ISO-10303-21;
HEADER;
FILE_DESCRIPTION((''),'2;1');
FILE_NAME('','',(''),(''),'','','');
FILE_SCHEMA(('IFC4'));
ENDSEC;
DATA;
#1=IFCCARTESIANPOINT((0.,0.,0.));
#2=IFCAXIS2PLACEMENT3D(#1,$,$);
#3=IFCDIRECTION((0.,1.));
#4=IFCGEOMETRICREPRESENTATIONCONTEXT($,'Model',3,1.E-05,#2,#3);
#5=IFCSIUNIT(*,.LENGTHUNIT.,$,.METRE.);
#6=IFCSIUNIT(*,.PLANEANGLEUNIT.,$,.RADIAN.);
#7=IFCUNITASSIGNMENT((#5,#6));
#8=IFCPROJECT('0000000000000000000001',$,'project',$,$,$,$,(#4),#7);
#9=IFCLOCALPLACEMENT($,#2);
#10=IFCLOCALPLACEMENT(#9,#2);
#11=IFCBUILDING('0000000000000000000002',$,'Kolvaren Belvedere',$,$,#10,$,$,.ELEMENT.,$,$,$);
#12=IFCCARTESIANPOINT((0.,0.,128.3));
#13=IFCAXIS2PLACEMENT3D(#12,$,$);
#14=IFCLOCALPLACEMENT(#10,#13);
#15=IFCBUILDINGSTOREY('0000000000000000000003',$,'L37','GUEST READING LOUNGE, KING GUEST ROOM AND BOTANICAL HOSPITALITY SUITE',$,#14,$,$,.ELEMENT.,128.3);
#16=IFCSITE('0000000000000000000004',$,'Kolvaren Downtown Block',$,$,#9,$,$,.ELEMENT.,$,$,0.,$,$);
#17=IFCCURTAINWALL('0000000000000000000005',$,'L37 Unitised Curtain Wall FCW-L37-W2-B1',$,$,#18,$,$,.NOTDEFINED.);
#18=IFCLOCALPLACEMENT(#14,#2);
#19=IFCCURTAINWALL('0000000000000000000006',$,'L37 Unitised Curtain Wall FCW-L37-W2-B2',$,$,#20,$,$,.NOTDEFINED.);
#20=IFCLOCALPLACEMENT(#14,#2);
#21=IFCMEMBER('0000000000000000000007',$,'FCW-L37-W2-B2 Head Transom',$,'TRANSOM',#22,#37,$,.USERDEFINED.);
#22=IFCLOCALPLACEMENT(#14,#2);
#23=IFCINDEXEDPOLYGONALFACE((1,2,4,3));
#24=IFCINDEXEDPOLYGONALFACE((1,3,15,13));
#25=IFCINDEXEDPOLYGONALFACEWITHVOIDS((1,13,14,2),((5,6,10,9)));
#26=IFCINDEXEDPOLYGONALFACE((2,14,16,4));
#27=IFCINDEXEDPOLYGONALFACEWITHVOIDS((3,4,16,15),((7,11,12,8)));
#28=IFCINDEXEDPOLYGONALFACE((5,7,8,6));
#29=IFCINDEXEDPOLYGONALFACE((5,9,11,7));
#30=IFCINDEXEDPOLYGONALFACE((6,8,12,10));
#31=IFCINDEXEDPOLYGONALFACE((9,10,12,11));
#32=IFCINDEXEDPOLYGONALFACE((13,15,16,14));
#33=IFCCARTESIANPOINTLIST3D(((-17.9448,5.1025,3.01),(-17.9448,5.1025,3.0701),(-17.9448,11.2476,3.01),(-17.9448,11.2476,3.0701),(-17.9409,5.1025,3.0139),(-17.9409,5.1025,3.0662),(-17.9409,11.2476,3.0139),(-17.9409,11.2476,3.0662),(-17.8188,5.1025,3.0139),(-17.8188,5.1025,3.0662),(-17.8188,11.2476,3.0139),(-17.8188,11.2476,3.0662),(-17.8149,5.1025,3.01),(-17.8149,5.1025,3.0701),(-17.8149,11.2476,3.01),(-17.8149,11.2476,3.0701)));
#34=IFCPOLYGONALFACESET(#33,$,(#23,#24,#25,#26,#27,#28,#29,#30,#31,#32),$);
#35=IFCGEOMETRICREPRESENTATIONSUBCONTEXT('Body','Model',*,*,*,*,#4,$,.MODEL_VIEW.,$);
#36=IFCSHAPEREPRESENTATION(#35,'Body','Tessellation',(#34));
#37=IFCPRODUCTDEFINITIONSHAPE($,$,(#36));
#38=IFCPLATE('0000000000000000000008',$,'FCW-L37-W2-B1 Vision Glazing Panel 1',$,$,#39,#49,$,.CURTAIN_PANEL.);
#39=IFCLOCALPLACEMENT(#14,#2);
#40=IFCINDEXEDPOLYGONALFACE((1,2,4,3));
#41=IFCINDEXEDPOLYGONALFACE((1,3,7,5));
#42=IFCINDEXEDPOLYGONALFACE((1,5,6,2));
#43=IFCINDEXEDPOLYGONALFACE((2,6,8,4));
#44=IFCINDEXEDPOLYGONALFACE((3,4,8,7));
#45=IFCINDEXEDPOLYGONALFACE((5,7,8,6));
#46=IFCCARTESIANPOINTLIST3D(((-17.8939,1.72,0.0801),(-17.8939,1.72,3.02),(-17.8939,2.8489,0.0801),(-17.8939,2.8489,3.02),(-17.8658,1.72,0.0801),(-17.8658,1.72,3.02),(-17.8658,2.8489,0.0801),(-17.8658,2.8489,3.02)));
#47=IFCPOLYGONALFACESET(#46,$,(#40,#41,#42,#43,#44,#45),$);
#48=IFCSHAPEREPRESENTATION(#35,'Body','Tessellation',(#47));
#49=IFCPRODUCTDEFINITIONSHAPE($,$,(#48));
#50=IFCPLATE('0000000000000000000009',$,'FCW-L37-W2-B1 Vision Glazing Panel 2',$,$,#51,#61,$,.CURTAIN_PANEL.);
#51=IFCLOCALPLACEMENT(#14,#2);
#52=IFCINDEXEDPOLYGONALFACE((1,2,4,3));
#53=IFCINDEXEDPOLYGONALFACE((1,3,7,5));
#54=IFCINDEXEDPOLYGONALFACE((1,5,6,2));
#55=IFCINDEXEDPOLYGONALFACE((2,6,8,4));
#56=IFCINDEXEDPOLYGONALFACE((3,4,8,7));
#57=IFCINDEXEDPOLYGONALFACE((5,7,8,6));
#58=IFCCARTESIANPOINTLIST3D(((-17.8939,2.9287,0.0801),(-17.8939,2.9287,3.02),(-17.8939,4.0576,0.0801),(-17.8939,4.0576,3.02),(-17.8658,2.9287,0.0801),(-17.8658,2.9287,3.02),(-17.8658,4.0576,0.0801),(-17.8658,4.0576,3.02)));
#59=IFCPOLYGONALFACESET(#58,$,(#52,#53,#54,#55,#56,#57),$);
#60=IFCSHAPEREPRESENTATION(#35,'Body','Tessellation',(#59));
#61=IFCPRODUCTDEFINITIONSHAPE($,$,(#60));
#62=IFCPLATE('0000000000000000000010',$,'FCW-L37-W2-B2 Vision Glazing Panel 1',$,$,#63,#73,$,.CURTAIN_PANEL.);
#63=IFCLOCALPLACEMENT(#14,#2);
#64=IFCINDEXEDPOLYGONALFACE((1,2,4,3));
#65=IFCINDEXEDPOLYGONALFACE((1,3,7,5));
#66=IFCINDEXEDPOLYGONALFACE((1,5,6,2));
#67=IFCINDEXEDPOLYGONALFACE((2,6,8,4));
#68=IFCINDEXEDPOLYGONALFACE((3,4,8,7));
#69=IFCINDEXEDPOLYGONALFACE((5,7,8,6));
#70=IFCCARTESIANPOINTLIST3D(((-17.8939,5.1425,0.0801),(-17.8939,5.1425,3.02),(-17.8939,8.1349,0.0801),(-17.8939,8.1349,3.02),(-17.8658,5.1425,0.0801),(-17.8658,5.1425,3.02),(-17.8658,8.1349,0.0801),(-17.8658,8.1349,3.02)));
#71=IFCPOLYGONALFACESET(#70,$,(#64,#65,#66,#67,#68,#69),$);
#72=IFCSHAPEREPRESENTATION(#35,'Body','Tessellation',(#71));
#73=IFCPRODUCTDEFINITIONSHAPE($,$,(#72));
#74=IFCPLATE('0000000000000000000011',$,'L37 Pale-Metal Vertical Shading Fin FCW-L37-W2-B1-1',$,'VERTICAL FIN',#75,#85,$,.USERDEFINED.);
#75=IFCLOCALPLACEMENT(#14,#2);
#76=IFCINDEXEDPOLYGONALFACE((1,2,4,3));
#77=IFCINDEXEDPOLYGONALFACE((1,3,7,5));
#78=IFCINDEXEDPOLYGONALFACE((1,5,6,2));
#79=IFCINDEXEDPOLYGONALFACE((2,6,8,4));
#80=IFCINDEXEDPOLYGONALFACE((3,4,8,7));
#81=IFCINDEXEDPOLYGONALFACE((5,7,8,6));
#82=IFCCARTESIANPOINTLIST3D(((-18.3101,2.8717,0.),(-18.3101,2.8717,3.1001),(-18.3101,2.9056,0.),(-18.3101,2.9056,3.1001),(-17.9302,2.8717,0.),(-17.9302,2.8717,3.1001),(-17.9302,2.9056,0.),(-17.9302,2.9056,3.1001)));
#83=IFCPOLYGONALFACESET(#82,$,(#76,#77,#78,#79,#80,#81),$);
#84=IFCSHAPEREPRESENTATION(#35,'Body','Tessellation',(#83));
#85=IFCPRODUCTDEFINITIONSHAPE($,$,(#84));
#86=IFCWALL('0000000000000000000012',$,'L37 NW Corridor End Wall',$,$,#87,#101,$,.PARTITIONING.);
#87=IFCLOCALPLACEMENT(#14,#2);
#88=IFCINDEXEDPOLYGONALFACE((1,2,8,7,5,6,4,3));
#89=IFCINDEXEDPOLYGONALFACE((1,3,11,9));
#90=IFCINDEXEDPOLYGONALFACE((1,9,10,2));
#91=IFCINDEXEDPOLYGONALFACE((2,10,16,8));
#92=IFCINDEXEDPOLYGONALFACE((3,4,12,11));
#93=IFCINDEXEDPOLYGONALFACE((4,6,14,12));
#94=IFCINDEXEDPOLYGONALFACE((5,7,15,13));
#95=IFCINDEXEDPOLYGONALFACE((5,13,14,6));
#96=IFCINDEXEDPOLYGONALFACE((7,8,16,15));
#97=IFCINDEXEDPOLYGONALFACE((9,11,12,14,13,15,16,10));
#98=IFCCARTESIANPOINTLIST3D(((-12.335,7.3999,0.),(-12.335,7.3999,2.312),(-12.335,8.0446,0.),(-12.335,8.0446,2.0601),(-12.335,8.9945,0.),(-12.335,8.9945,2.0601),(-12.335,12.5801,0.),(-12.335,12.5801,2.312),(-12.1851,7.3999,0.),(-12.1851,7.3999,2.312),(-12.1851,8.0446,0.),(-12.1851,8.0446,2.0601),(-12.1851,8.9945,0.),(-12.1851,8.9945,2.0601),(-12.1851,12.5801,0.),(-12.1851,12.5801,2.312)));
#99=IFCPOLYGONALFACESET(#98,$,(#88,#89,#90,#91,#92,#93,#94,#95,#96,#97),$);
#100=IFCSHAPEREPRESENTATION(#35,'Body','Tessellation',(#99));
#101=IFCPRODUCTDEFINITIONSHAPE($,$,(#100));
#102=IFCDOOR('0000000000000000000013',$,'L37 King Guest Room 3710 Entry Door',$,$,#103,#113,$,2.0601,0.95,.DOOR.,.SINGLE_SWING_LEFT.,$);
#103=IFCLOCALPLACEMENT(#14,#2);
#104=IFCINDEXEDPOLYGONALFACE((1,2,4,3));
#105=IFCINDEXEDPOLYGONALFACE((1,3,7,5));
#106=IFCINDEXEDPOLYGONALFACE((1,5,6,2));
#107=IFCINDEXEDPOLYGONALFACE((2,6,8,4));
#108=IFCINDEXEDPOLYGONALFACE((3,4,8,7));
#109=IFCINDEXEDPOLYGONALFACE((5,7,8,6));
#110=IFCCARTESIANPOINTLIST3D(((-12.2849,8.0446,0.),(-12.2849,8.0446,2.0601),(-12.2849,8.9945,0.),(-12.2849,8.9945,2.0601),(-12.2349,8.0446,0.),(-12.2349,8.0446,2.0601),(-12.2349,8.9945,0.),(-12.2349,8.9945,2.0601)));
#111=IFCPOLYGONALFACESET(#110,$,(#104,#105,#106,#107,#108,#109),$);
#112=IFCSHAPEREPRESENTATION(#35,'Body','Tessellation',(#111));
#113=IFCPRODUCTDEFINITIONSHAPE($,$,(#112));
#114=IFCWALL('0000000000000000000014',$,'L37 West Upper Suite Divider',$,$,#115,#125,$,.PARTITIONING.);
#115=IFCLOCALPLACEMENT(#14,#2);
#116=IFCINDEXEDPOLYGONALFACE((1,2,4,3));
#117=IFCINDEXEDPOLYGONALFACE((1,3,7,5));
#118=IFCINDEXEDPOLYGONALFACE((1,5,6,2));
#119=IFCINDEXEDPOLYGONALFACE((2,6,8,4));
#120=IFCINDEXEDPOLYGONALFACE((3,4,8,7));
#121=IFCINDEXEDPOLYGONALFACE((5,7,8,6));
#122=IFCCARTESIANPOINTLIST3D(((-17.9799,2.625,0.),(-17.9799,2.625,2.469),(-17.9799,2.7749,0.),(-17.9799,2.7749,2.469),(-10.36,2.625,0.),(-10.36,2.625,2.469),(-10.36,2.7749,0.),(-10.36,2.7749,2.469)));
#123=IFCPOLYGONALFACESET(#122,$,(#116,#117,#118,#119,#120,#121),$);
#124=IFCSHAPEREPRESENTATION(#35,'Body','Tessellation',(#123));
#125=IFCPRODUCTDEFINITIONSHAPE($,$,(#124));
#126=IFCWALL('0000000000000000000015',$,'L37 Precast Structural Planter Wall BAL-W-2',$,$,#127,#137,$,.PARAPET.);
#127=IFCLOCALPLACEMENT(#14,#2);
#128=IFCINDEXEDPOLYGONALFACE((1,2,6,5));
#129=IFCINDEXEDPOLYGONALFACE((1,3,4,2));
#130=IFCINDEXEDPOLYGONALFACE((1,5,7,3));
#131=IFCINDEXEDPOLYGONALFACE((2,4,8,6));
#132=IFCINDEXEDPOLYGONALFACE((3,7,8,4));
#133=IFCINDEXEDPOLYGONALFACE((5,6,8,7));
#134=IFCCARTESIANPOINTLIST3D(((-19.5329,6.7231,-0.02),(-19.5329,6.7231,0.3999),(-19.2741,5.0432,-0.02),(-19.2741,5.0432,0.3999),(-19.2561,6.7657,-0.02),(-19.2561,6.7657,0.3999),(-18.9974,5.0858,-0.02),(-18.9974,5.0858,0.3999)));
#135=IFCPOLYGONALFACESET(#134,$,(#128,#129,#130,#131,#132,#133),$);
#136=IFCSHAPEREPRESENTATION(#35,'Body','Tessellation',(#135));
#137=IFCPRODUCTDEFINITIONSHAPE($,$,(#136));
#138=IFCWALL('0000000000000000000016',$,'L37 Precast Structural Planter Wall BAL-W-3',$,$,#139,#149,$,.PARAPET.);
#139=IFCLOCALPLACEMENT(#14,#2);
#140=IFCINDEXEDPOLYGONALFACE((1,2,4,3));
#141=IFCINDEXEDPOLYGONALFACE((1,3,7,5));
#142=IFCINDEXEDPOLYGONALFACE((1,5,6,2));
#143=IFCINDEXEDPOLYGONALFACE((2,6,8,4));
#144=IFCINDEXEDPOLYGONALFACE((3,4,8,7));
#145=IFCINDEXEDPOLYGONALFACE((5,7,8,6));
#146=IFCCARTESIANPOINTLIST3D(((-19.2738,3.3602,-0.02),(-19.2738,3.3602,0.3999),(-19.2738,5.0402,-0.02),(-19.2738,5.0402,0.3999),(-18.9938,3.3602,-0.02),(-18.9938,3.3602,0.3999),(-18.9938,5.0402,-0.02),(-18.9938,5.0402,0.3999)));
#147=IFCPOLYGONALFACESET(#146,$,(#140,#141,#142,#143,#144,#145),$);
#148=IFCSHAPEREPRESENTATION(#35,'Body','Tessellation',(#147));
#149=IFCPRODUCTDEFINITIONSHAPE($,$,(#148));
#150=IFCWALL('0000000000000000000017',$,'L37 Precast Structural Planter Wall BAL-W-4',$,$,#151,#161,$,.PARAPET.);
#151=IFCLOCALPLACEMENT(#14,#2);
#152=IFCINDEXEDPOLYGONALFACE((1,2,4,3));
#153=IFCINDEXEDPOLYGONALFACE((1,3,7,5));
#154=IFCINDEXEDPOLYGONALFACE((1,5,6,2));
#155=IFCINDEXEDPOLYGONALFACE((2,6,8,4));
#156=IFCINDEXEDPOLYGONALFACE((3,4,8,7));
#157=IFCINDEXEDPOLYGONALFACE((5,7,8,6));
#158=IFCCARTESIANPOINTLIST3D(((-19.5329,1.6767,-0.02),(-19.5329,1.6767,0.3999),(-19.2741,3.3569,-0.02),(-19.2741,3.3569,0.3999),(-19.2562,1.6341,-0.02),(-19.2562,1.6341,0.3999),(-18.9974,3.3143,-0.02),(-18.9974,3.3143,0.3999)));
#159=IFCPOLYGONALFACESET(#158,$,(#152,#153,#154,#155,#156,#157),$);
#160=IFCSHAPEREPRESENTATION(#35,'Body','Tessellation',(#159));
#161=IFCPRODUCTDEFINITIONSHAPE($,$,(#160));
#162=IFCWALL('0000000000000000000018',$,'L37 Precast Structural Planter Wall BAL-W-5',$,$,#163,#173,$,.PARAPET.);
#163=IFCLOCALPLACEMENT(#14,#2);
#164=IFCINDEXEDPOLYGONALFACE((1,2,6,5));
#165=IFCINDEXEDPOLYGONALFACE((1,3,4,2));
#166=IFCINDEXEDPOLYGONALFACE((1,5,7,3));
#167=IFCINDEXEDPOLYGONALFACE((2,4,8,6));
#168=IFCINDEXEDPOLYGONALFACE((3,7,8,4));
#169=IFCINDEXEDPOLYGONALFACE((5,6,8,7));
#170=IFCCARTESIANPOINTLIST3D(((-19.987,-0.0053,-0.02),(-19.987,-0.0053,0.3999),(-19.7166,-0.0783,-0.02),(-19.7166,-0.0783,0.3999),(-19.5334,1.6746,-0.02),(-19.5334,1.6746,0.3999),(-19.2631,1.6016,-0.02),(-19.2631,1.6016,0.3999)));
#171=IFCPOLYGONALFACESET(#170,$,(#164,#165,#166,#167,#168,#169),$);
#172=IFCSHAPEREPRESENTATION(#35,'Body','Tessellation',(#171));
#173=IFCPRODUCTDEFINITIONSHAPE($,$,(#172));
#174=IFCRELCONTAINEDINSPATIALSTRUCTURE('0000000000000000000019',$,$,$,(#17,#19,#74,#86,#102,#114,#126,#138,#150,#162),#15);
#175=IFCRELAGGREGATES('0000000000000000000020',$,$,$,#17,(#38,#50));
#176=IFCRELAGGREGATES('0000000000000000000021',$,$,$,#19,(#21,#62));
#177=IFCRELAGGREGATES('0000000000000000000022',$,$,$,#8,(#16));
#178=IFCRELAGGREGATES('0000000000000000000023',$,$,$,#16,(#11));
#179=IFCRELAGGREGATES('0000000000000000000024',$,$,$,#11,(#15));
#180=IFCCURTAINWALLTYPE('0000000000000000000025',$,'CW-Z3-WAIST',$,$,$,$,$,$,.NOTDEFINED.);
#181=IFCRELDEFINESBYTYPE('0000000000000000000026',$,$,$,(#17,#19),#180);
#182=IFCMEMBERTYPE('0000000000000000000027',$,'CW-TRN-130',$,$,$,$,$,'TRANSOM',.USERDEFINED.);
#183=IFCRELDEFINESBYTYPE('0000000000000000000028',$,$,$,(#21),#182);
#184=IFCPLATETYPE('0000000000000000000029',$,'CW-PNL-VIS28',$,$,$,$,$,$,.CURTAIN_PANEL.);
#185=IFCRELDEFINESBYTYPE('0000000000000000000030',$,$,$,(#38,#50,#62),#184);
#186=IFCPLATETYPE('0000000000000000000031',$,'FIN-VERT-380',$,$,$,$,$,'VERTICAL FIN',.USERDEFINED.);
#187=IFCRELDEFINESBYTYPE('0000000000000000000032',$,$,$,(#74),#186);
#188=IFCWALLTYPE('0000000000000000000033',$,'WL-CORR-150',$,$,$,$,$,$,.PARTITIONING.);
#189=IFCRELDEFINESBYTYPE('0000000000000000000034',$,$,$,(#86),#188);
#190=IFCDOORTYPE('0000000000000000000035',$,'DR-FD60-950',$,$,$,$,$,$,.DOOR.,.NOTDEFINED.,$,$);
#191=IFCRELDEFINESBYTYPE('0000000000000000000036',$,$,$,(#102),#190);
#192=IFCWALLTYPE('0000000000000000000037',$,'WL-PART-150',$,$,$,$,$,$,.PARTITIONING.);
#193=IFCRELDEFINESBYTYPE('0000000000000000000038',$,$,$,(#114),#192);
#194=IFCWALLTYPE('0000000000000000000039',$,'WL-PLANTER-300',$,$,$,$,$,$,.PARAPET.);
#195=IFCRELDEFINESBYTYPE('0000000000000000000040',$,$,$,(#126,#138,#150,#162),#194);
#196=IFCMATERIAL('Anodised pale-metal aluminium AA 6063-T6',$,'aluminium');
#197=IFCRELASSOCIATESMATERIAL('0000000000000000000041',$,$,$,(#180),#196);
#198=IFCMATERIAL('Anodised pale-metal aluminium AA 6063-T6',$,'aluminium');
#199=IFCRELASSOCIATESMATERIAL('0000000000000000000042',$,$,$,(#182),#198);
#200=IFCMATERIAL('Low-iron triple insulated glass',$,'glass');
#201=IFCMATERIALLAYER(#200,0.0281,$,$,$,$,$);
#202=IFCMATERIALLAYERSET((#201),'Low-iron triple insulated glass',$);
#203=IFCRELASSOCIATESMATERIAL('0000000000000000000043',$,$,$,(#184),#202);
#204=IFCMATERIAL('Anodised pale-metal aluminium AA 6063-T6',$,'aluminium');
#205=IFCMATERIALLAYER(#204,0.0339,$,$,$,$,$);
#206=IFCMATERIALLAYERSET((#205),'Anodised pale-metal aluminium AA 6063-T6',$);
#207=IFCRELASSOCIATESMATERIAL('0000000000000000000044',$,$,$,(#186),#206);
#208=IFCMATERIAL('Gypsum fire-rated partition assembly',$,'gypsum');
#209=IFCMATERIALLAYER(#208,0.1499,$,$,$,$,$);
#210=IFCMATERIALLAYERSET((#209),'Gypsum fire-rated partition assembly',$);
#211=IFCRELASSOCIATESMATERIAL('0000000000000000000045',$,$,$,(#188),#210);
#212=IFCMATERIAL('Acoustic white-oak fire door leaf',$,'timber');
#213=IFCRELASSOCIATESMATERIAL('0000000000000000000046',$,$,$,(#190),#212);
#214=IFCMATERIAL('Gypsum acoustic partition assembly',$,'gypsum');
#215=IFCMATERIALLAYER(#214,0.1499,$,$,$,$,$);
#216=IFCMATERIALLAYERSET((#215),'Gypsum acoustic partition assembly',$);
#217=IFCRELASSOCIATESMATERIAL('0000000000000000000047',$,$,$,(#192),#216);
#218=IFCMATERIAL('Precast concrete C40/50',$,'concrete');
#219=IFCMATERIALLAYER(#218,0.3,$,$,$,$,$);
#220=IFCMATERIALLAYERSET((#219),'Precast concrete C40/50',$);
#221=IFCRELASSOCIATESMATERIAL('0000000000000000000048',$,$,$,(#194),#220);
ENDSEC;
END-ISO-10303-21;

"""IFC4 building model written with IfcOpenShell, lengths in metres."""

from ifc_helpers import new_model, si_unit, direction, frame, frame_2d, origin, origin_2d, place, context, subcontext, project, spatial, rectangle, hollow_rectangle, extrude, material, layer, layer_set, material_profile, profile_set, type_object, element, fill, aggregate, save


model = new_model("IFC4")

# Units and contexts
model_context = context("Model", 3, precision=1e-05, world=origin(), true_north=direction((0.0, 1.0)))
body_context = subcontext(model_context, "Body", "Model", "MODEL_VIEW")
ifc_project = project(units=[si_unit("LENGTHUNIT", "METRE"), si_unit("PLANEANGLEUNIT", "RADIAN")], contexts=[model_context])

# Site, building, storey
site_placement = place(None, origin())
site = spatial("IfcSite", under=ifc_project, at=site_placement, Name="Kolvaren Downtown Block", CompositionType="ELEMENT", RefElevation=0.0)
building_placement = place(site_placement, origin())
building = spatial("IfcBuilding", under=site, at=building_placement, Name="Kolvaren Belvedere", CompositionType="ELEMENT")
storey_placement = place(building_placement, frame((0.0, 0.0, 128.3)))
storey = spatial("IfcBuildingStorey", under=building, at=storey_placement, Name="L37", Description="GUEST READING LOUNGE, KING GUEST ROOM AND BOTANICAL HOSPITALITY SUITE", CompositionType="ELEMENT", Elevation=128.3)

# Curtain wall
ifc_material_1 = material(Name="Anodised pale-metal aluminium AA 6063-T6", Category="aluminium")
curtain_wall_type = type_object("IfcCurtainWallType", Name="CW-Z3-WAIST", PredefinedType="NOTDEFINED", material=ifc_material_1)
curtain_wall_1_placement = place(storey_placement, origin())
curtain_wall_1 = element("IfcCurtainWall", 1, at=curtain_wall_1_placement, inside=storey, type_object=curtain_wall_type, Name="L37 Unitised Curtain Wall FCW-L37-W2-B1", PredefinedType="NOTDEFINED")

# Curtain wall
curtain_wall_2_placement = place(storey_placement, origin())
curtain_wall_2 = element("IfcCurtainWall", 2, at=curtain_wall_2_placement, inside=storey, type_object=curtain_wall_type, Name="L37 Unitised Curtain Wall FCW-L37-W2-B2", PredefinedType="NOTDEFINED")

# Member
ifc_material_2 = material(Name="Anodised pale-metal aluminium AA 6063-T6", Category="aluminium")
ifc_material_profile_1 = material_profile(ifc_material_2, hollow_rectangle(XDim=0.0601, YDim=0.1299, WallThickness=0.0039, at=origin_2d()), Name="ALU-TRN-130X60")
ifc_profile_set_1 = profile_set([ifc_material_profile_1], Name="Anodised pale-metal aluminium AA 6063-T6")
member_type_1 = type_object("IfcMemberType", Name="CW-TRN-130", ElementType="TRANSOM", PredefinedType="USERDEFINED", material=ifc_profile_set_1)
member_1_placement = place(storey_placement, frame((-17.8799, 5.1025, 3.04), z_axis=(0.0, 1.0, 0.0), x_axis=(0.0, 0.0, 1.0)))
member_1 = element("IfcMember", 3, at=member_1_placement, type_object=member_type_1, Name="FCW-L37-W2-B2 Head Transom", ObjectType="TRANSOM", PredefinedType="USERDEFINED", context=body_context, shape_type="SweptSolid", body=[
    extrude(hollow_rectangle(XDim=0.0601, YDim=0.1299, WallThickness=0.0039, at=origin_2d()), origin(), (0.0, 0.0, 1.0), 6.145),
])

# Plates
ifc_material_3 = material(Name="Low-iron triple insulated glass", Category="glass")
ifc_layer_1 = layer(ifc_material_3, 0.0281)
ifc_layer_set_1 = layer_set([ifc_layer_1], Name="Low-iron triple insulated glass")
plate_type_1 = type_object("IfcPlateType", Name="CW-PNL-VIS28", PredefinedType="CURTAIN_PANEL", material=ifc_layer_set_1)
plate_1_placement = place(storey_placement, frame((-17.8799, 2.2844, 0.0801), z_axis=(0.0, 0.0, 1.0), x_axis=(0.0, 1.0, 0.0)))
plate_1 = element("IfcPlate", 4, at=plate_1_placement, type_object=plate_type_1, Name="FCW-L37-W2-B1 Vision Glazing Panel 1", PredefinedType="CURTAIN_PANEL", context=body_context, shape_type="SweptSolid", body=[
    extrude(rectangle(XDim=1.1289, YDim=0.0281, at=origin_2d()), origin(), (0.0, 0.0, 1.0), 2.9399),
])
plate_2_placement = place(storey_placement, frame((-17.8799, 3.4932, 0.0801), z_axis=(0.0, 0.0, 1.0), x_axis=(0.0, 1.0, 0.0)))
plate_2 = element("IfcPlate", 5, at=plate_2_placement, type_object=plate_type_1, Name="FCW-L37-W2-B1 Vision Glazing Panel 2", PredefinedType="CURTAIN_PANEL", context=body_context, shape_type="SweptSolid", body=[
    extrude(rectangle(XDim=1.1289, YDim=0.0281, at=origin_2d()), origin(), (0.0, 0.0, 1.0), 2.9399),
])
aggregate(curtain_wall_1, [plate_1, plate_2])
plate_3_placement = place(storey_placement, frame((-17.8799, 6.6387, 0.0801), z_axis=(0.0, 0.0, 1.0), x_axis=(0.0, 1.0, 0.0)))
plate_3 = element("IfcPlate", 6, at=plate_3_placement, type_object=plate_type_1, Name="FCW-L37-W2-B2 Vision Glazing Panel 1", PredefinedType="CURTAIN_PANEL", context=body_context, shape_type="SweptSolid", body=[
    extrude(rectangle(XDim=2.9924, YDim=0.0281, at=origin_2d()), origin(), (0.0, 0.0, 1.0), 2.9399),
])
aggregate(curtain_wall_2, [member_1, plate_3])
ifc_material_4 = material(Name="Anodised pale-metal aluminium AA 6063-T6", Category="aluminium")
ifc_layer_2 = layer(ifc_material_4, 0.0339)
ifc_layer_set_2 = layer_set([ifc_layer_2], Name="Anodised pale-metal aluminium AA 6063-T6")
plate_type_2 = type_object("IfcPlateType", Name="FIN-VERT-380", ElementType="VERTICAL FIN", PredefinedType="USERDEFINED", material=ifc_layer_set_2)
plate_4_placement = place(storey_placement, frame((-18.1201, 2.8887, 0.0), z_axis=(0.0, 0.0, 1.0), x_axis=(1.0, 0.0, 0.0)))
element("IfcPlate", 7, at=plate_4_placement, inside=storey, type_object=plate_type_2, Name="L37 Pale-Metal Vertical Shading Fin FCW-L37-W2-B1-1", ObjectType="VERTICAL FIN", PredefinedType="USERDEFINED", context=body_context, shape_type="SweptSolid", body=[
    extrude(rectangle(XDim=0.3799, YDim=0.0339, at=origin_2d()), origin(), (0.0, 0.0, 1.0), 3.1001),
])

# Wall, opening, door
ifc_material_5 = material(Name="Gypsum fire-rated partition assembly", Category="gypsum")
ifc_layer_3 = layer(ifc_material_5, 0.1499)
ifc_layer_set_3 = layer_set([ifc_layer_3], Name="Gypsum fire-rated partition assembly")
wall_type_1 = type_object("IfcWallType", Name="WL-CORR-150", PredefinedType="PARTITIONING", material=ifc_layer_set_3)
wall_1_placement = place(storey_placement, frame((-12.26, 7.3999, 0.0), z_axis=(0.0, 0.0, 1.0), x_axis=(0.0, 1.0, 0.0)))
wall_1 = element("IfcWall", 8, at=wall_1_placement, inside=storey, type_object=wall_type_1, Name="L37 NW Corridor End Wall", PredefinedType="PARTITIONING", context=body_context, shape_type="SweptSolid", body=[
    extrude(rectangle(XDim=5.1802, YDim=0.1499, at=frame_2d((2.5901, 0.0))), origin(), (0.0, 0.0, 1.0), 2.312),
])
opening_placement = place(wall_1_placement, frame((0.6445, 0.0, 0.0)))
opening = element("IfcOpeningElement", 9, at=opening_placement, cuts=wall_1, PredefinedType="OPENING", context=body_context, shape_type="SweptSolid", body=[
    extrude(rectangle(XDim=0.95, YDim=2.0601, at=frame_2d((0.4751, 1.03))), frame((0.0, 0.085, 0.0), z_axis=(0.0, -1.0, 0.0), x_axis=(1.0, 0.0, 0.0)), (0.0, 0.0, 1.0), 0.1699),
])
ifc_material_6 = material(Name="Acoustic white-oak fire door leaf", Category="timber")
door_type = type_object("IfcDoorType", Name="DR-FD60-950", OperationType="NOTDEFINED", PredefinedType="DOOR", material=ifc_material_6)
door_placement = place(opening_placement, origin())
door = element("IfcDoor", 10, at=door_placement, inside=storey, type_object=door_type, Name="L37 King Guest Room 3710 Entry Door", OperationType="SINGLE_SWING_LEFT", OverallHeight=2.0601, OverallWidth=0.95, PredefinedType="DOOR", context=body_context, shape_type="SweptSolid", body=[
    extrude(rectangle(XDim=0.95, YDim=2.0601, at=frame_2d((0.4751, 1.03))), frame((0.0, 0.0249, 0.0), z_axis=(0.0, -1.0, 0.0), x_axis=(1.0, 0.0, 0.0)), (0.0, 0.0, 1.0), 0.05),
])
fill(opening, door)

# Walls
ifc_material_7 = material(Name="Gypsum acoustic partition assembly", Category="gypsum")
ifc_layer_4 = layer(ifc_material_7, 0.1499)
ifc_layer_set_4 = layer_set([ifc_layer_4], Name="Gypsum acoustic partition assembly")
wall_type_2 = type_object("IfcWallType", Name="WL-PART-150", PredefinedType="PARTITIONING", material=ifc_layer_set_4)
wall_2_placement = place(storey_placement, frame((-17.98, 2.7, 0.0), z_axis=(0.0, 0.0, 1.0), x_axis=(1.0, 0.0, 0.0)))
element("IfcWall", 11, at=wall_2_placement, inside=storey, type_object=wall_type_2, Name="L37 West Upper Suite Divider", PredefinedType="PARTITIONING", context=body_context, shape_type="SweptSolid", body=[
    extrude(rectangle(XDim=7.6199, YDim=0.1499, at=frame_2d((3.8101, 0.0))), origin(), (0.0, 0.0, 1.0), 2.469),
])
ifc_material_8 = material(Name="Precast concrete C40/50", Category="concrete")
ifc_layer_5 = layer(ifc_material_8, 0.3)
ifc_layer_set_5 = layer_set([ifc_layer_5], Name="Precast concrete C40/50")
wall_type_3 = type_object("IfcWallType", Name="WL-PLANTER-300", PredefinedType="PARAPET", material=ifc_layer_set_5)
wall_3_placement = place(storey_placement, frame((-19.3945, 6.7444, -0.02), z_axis=(0.0, 0.0, 1.0), x_axis=(0.152251, -0.988342, 0.0)))
element("IfcWall", 12, at=wall_3_placement, inside=storey, type_object=wall_type_3, Name="L37 Precast Structural Planter Wall BAL-W-2", PredefinedType="PARAPET", context=body_context, shape_type="SweptSolid", body=[
    extrude(rectangle(XDim=1.6997, YDim=0.28, at=frame_2d((0.8499, 0.0))), origin(), (0.0, 0.0, 1.0), 0.4199),
])
wall_4_placement = place(storey_placement, frame((-19.1338, 5.04, -0.02), z_axis=(0.0, 0.0, 1.0), x_axis=(0.0, -1.0, 0.0)))
element("IfcWall", 13, at=wall_4_placement, inside=storey, type_object=wall_type_3, Name="L37 Precast Structural Planter Wall BAL-W-3", PredefinedType="PARAPET", context=body_context, shape_type="SweptSolid", body=[
    extrude(rectangle(XDim=1.6799, YDim=0.28, at=frame_2d((0.8398, 0.0))), origin(), (0.0, 0.0, 1.0), 0.4199),
])
wall_5_placement = place(storey_placement, frame((-19.1357, 3.3357, -0.02), z_axis=(0.0, 0.0, 1.0), x_axis=(-0.15223, -0.988345, 0.0)))
element("IfcWall", 14, at=wall_5_placement, inside=storey, type_object=wall_type_3, Name="L37 Precast Structural Planter Wall BAL-W-4", PredefinedType="PARAPET", context=body_context, shape_type="SweptSolid", body=[
    extrude(rectangle(XDim=1.7, YDim=0.28, at=frame_2d((0.8501, 0.0))), origin(), (0.0, 0.0, 1.0), 0.4199),
])
wall_6_placement = place(storey_placement, frame((-19.3982, 1.6382, -0.02), z_axis=(0.0, 0.0, 1.0), x_axis=(-0.260683, -0.965424, 0.0)))
element("IfcWall", 15, at=wall_6_placement, inside=storey, type_object=wall_type_3, Name="L37 Precast Structural Planter Wall BAL-W-5", PredefinedType="PARAPET", context=body_context, shape_type="SweptSolid", body=[
    extrude(rectangle(XDim=1.74, YDim=0.28, at=frame_2d((0.8701, 0.0))), origin(), (0.0, 0.0, 1.0), 0.4199),
])

save(model, "model.ifc")
